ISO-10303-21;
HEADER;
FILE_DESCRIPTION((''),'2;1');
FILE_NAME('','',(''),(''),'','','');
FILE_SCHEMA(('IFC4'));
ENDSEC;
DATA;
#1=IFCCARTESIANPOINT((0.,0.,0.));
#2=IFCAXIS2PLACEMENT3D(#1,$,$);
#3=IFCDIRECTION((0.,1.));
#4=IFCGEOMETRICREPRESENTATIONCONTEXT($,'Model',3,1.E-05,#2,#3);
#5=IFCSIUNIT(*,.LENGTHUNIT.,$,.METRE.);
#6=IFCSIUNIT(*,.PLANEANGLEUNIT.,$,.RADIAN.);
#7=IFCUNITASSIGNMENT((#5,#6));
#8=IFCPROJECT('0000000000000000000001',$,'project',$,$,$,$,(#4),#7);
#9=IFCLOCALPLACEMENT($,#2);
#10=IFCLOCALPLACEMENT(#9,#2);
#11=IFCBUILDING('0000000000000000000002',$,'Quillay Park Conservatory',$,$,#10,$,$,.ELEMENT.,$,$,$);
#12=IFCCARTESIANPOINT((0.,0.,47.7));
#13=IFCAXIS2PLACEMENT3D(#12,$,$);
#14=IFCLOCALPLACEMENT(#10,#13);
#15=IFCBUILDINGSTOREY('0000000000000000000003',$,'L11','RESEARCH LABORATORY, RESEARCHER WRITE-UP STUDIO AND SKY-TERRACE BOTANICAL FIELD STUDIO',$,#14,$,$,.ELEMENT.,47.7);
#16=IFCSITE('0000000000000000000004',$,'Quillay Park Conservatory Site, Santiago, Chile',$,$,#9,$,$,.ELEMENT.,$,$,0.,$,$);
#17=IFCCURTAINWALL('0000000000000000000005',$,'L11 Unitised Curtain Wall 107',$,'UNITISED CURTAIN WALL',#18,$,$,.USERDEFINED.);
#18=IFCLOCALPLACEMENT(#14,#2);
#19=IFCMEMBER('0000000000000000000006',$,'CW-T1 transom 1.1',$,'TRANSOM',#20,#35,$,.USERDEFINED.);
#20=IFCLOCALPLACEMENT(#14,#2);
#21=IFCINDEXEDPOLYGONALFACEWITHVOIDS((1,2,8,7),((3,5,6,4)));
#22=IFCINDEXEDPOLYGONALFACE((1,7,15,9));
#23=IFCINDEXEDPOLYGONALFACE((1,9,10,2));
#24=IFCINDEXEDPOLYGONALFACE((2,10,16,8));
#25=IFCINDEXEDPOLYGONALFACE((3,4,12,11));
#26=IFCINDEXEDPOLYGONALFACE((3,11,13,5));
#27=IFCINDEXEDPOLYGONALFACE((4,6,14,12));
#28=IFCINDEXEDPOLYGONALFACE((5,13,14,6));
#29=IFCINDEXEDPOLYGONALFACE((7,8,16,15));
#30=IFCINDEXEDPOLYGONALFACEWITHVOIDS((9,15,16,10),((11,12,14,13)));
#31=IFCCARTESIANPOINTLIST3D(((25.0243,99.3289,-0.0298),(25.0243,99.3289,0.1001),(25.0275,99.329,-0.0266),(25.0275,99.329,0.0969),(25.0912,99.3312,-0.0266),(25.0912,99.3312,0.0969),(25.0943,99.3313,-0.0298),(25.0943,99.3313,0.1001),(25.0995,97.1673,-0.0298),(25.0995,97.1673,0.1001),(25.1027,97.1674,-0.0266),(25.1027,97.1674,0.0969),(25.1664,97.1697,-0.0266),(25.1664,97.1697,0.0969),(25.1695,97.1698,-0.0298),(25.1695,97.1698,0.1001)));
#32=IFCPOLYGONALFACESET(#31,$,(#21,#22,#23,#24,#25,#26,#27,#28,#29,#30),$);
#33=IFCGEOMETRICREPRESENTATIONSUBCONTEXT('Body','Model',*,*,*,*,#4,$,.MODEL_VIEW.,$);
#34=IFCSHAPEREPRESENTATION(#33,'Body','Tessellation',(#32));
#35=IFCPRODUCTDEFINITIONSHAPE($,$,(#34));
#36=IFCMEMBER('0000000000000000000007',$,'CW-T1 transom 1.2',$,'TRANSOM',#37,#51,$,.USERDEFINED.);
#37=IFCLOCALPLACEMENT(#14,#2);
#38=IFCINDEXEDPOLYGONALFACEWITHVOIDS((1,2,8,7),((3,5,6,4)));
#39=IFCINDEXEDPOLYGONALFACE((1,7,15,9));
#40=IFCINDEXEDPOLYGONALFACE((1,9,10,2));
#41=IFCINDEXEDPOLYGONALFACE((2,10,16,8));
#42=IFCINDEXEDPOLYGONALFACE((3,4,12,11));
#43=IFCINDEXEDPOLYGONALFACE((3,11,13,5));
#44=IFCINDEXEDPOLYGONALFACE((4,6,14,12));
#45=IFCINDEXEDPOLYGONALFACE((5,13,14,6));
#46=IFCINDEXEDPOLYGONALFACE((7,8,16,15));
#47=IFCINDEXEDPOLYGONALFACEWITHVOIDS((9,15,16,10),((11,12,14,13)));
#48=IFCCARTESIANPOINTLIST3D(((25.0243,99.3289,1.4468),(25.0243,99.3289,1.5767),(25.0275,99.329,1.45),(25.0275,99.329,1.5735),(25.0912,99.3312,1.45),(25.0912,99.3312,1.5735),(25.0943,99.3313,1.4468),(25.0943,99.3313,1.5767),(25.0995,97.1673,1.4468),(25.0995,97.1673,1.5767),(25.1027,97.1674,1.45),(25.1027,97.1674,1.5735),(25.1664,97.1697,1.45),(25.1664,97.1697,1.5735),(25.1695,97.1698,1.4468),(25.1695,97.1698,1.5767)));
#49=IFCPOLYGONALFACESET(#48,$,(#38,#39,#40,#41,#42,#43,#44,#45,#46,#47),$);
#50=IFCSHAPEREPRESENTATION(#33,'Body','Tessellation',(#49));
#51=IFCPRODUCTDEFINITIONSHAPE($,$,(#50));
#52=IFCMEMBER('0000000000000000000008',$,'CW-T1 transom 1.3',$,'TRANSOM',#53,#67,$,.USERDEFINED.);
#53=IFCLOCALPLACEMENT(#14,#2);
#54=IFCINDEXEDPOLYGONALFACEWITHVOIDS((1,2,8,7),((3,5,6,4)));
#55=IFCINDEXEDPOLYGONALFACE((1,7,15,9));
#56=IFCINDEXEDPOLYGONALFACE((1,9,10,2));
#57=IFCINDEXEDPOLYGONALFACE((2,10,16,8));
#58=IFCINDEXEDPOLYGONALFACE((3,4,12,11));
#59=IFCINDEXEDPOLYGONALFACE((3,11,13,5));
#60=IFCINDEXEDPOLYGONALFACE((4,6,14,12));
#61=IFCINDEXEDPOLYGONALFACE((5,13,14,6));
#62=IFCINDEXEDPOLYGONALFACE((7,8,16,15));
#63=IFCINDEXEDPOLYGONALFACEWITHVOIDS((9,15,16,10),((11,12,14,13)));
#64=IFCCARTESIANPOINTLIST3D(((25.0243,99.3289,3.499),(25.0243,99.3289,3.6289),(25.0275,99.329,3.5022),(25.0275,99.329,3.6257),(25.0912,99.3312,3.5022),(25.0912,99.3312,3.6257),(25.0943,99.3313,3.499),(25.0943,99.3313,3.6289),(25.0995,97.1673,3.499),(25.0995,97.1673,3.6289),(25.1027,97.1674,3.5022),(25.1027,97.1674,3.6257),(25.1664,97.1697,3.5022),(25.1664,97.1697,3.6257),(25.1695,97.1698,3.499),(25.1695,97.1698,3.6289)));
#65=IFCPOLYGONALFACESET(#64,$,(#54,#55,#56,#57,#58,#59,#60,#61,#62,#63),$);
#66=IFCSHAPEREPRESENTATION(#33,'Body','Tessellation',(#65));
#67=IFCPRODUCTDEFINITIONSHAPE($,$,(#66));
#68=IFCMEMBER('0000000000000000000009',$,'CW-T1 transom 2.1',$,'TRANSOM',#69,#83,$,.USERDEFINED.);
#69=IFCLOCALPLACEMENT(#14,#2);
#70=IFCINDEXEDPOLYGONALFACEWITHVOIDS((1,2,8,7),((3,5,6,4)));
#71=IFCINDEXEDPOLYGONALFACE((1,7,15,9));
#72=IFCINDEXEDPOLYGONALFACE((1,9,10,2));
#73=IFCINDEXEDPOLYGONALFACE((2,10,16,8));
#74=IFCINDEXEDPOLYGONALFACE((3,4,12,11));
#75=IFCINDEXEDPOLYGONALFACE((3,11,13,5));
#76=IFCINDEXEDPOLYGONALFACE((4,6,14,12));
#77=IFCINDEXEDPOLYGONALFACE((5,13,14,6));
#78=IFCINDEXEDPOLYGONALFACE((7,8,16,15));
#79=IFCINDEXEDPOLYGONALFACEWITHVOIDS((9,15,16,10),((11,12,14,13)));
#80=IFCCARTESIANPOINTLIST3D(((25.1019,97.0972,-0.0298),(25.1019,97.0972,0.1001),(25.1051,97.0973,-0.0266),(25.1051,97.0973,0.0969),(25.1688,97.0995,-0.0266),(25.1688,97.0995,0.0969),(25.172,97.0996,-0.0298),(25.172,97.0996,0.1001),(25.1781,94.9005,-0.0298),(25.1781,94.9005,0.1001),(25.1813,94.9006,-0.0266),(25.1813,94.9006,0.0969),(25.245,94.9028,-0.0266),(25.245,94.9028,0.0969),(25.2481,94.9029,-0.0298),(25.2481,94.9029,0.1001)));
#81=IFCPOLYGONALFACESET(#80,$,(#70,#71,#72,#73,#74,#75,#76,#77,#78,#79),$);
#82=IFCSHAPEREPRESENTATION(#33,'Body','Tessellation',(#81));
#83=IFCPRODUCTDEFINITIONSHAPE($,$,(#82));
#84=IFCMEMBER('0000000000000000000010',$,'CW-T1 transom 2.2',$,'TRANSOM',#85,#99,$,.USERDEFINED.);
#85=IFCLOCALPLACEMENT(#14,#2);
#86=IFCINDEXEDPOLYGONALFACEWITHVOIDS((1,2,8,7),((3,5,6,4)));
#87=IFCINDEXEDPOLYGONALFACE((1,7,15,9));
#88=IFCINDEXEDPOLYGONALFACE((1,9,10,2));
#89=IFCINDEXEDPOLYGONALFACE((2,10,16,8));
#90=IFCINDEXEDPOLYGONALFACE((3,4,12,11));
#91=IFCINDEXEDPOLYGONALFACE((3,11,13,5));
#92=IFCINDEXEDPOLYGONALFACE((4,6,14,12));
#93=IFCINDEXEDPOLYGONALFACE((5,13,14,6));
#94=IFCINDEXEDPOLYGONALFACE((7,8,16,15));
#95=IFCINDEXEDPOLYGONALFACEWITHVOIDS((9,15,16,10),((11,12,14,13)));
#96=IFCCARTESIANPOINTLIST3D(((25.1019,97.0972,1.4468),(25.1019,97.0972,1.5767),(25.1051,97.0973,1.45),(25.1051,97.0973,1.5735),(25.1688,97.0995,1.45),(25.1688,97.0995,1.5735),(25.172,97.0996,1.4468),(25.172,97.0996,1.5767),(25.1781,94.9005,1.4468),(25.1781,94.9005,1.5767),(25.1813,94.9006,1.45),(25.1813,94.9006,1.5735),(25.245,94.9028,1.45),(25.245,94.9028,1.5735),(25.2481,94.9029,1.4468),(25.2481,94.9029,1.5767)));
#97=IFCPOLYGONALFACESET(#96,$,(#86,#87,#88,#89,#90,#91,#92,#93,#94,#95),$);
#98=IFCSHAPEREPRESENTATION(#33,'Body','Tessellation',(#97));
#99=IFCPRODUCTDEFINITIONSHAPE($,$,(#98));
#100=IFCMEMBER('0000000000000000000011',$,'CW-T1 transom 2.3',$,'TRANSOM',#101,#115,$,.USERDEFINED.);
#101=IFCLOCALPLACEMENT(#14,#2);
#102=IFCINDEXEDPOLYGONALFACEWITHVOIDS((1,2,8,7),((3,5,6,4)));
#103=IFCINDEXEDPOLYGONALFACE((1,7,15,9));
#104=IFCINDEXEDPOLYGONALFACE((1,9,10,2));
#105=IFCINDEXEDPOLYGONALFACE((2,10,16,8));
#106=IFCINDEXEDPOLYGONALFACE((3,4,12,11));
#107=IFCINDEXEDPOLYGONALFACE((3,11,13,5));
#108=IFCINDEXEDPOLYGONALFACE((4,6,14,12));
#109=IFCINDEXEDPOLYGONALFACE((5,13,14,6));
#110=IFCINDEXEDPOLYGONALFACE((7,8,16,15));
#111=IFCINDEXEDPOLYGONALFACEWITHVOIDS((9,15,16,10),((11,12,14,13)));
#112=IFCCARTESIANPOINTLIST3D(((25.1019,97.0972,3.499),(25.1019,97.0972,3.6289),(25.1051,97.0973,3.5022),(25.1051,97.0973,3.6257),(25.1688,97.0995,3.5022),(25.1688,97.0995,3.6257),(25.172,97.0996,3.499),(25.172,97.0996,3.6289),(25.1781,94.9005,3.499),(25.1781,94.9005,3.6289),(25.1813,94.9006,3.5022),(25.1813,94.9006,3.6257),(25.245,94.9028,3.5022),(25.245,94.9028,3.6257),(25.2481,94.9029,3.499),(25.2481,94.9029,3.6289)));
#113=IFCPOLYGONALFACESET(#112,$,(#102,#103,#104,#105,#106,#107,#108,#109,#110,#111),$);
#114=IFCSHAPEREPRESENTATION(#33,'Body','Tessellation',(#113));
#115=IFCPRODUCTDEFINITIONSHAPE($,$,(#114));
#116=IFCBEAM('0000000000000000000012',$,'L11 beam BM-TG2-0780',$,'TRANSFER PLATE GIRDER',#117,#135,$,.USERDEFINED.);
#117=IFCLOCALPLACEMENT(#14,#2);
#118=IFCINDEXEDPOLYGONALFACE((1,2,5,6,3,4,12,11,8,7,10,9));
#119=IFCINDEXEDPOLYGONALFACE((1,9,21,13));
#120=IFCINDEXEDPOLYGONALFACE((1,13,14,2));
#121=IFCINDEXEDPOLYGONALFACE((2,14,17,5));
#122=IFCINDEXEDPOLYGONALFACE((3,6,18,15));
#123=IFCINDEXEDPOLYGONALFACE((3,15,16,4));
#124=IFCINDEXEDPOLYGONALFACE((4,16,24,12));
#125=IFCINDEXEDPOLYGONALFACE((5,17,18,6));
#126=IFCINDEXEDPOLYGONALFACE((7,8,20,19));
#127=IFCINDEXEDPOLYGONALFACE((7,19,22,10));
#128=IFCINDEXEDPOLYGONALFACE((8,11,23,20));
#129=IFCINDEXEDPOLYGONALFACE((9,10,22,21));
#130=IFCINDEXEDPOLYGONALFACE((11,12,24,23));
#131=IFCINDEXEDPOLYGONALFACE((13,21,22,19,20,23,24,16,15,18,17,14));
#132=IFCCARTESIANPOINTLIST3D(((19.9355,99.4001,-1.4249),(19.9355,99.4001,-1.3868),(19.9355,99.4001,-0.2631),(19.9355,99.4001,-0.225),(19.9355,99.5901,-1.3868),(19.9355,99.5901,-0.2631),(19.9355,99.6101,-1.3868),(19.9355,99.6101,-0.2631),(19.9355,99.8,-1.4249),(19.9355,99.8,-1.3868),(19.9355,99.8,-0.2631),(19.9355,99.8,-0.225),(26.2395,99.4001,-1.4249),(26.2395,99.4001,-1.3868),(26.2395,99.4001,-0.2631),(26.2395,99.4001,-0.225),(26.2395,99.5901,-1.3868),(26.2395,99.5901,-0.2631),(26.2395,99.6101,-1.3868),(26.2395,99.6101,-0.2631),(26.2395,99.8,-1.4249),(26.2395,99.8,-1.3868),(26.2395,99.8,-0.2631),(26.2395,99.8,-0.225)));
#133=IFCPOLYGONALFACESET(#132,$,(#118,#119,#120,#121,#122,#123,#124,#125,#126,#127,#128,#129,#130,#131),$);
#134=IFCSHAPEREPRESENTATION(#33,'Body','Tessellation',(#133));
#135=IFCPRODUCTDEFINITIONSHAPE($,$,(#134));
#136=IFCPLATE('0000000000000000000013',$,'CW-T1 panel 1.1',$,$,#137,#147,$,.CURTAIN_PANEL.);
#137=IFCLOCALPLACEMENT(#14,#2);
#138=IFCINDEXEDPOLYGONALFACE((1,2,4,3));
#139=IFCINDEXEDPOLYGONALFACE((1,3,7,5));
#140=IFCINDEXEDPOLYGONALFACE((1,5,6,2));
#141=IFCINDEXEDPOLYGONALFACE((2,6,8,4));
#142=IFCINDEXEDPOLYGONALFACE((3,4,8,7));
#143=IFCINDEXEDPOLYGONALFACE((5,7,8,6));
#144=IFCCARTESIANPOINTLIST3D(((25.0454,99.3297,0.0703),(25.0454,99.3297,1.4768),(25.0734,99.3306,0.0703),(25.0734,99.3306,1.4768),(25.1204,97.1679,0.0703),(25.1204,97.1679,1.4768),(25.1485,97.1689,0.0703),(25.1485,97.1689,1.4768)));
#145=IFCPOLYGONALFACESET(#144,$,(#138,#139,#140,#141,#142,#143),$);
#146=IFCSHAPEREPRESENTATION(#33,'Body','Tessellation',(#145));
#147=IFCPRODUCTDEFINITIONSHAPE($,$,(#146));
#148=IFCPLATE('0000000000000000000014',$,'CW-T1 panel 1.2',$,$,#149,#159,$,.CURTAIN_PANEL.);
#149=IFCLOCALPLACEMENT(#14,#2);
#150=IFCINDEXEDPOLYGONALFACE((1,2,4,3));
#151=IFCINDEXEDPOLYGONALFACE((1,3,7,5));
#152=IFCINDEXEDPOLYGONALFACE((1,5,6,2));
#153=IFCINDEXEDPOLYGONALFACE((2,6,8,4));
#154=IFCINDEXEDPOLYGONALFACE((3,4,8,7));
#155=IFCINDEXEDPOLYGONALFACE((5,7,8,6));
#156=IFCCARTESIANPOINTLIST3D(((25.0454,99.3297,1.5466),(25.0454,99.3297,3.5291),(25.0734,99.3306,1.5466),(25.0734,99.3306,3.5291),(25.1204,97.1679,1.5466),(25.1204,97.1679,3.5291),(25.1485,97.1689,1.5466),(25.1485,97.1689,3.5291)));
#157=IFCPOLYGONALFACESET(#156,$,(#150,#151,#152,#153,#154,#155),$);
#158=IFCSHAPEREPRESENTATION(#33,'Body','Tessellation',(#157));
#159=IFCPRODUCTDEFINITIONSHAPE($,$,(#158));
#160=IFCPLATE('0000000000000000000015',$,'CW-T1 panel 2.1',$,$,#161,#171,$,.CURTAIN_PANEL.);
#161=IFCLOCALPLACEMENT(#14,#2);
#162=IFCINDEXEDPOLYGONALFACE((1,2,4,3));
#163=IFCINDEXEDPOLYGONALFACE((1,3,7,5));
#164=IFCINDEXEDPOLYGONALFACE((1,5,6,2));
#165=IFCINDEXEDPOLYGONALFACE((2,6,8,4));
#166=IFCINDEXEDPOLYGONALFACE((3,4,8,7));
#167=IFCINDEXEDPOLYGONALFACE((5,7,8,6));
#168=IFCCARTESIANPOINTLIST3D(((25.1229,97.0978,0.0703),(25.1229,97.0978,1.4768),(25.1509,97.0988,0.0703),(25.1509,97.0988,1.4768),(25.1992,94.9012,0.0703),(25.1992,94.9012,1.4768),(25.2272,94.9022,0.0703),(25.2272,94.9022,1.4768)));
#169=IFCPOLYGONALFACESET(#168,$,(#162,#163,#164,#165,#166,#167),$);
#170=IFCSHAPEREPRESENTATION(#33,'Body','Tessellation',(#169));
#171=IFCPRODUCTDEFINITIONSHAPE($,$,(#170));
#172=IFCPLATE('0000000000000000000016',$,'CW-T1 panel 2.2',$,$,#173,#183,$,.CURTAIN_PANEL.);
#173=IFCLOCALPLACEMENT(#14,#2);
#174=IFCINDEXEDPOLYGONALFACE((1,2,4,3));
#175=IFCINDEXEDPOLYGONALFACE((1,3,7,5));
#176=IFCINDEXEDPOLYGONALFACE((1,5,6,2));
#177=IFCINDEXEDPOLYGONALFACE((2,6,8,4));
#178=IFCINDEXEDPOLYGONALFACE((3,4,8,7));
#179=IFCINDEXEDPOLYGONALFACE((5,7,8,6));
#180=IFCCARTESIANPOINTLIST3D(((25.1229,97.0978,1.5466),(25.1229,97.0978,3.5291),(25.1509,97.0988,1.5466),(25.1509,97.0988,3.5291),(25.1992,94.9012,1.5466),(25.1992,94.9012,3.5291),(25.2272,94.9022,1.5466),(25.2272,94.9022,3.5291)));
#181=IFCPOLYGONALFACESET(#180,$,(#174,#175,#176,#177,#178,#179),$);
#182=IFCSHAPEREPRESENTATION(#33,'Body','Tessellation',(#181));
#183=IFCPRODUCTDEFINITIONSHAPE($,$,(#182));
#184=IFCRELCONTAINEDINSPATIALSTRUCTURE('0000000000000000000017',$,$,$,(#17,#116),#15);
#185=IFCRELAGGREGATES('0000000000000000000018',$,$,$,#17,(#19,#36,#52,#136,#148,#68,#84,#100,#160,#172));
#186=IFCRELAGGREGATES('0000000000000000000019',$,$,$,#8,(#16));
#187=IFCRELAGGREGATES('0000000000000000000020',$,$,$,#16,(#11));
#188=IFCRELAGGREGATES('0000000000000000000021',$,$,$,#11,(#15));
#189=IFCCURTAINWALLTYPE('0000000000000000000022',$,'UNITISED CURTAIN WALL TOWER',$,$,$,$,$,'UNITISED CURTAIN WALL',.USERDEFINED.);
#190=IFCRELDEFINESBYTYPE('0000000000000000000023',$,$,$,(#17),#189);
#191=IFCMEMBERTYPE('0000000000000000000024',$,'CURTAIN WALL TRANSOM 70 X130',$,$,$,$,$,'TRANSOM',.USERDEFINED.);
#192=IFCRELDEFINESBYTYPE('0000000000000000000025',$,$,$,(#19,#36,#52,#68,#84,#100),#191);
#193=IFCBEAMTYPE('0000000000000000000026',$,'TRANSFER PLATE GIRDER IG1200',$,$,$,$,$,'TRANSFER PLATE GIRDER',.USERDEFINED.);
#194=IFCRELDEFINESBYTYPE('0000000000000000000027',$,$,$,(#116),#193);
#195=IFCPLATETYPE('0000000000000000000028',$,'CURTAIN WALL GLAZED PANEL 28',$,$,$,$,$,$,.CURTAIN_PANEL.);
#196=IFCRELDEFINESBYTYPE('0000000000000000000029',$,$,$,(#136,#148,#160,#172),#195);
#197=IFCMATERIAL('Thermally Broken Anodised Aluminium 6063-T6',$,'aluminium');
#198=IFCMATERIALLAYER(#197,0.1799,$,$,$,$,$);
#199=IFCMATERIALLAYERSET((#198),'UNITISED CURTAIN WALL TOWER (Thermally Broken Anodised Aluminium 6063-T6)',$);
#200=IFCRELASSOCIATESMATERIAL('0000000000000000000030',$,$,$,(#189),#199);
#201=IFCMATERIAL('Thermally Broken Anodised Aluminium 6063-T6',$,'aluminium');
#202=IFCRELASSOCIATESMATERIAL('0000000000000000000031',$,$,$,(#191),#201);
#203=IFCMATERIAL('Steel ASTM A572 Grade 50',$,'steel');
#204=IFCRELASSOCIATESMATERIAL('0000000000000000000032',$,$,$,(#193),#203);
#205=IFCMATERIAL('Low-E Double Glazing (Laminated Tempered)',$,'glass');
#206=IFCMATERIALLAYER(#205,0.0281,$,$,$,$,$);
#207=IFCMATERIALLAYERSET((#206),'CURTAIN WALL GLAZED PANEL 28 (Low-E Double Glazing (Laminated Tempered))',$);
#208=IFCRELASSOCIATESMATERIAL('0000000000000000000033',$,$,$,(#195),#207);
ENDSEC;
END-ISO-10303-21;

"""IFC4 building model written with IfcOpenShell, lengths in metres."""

from ifc_helpers import new_model, si_unit, direction, frame, origin, origin_2d, place, context, subcontext, project, spatial, rectangle, hollow_rectangle, i_section, extrude, material, layer, layer_set, material_profile, profile_set, type_object, element, aggregate, save


model = new_model("IFC4")

# Units and contexts
model_context = context("Model", 3, precision=1e-05, world=origin(), true_north=direction((0.0, 1.0)))
body_context = subcontext(model_context, "Body", "Model", "MODEL_VIEW")
ifc_project = project(units=[si_unit("LENGTHUNIT", "METRE"), si_unit("PLANEANGLEUNIT", "RADIAN")], contexts=[model_context])

# Site, building, storey
site_placement = place(None, origin())
site = spatial("IfcSite", under=ifc_project, at=site_placement, Name="Quillay Park Conservatory Site, Santiago, Chile", CompositionType="ELEMENT", RefElevation=0.0)
building_placement = place(site_placement, origin())
building = spatial("IfcBuilding", under=site, at=building_placement, Name="Quillay Park Conservatory", CompositionType="ELEMENT")
storey_placement = place(building_placement, frame((0.0, 0.0, 47.7)))
storey = spatial("IfcBuildingStorey", under=building, at=storey_placement, Name="L11", Description="RESEARCH LABORATORY, RESEARCHER WRITE-UP STUDIO AND SKY-TERRACE BOTANICAL FIELD STUDIO", CompositionType="ELEMENT", Elevation=47.7)

# Curtain wall, members
ifc_material_1 = material(Name="Thermally Broken Anodised Aluminium 6063-T6", Category="aluminium")
ifc_layer_1 = layer(ifc_material_1, 0.1799)
ifc_layer_set_1 = layer_set([ifc_layer_1], Name="UNITISED CURTAIN WALL TOWER (Thermally Broken Anodised Aluminium 6063-T6)")
curtain_wall_type = type_object("IfcCurtainWallType", Name="UNITISED CURTAIN WALL TOWER", ElementType="UNITISED CURTAIN WALL", PredefinedType="USERDEFINED", material=ifc_layer_set_1)
curtain_wall_placement = place(storey_placement, origin())
curtain_wall = element("IfcCurtainWall", 1, at=curtain_wall_placement, inside=storey, type_object=curtain_wall_type, Name="L11 Unitised Curtain Wall 107", ObjectType="UNITISED CURTAIN WALL", PredefinedType="USERDEFINED")
ifc_material_2 = material(Name="Thermally Broken Anodised Aluminium 6063-T6", Category="aluminium")
ifc_material_profile_1 = material_profile(ifc_material_2, hollow_rectangle(XDim=0.0701, YDim=0.1299, WallThickness=0.0032, at=origin_2d()), Name="AL70x130x3.2")
ifc_profile_set_1 = profile_set([ifc_material_profile_1], Name="Thermally Broken Anodised Aluminium 6063-T6")
member_type_1 = type_object("IfcMemberType", Name="CURTAIN WALL TRANSOM 70 X130", ElementType="TRANSOM", PredefinedType="USERDEFINED", material=ifc_profile_set_1)
member_1_placement = place(storey_placement, frame((25.0593, 99.3301, 0.0352), z_axis=(0.034766, -0.999395, 0.0), x_axis=(0.999395, 0.034766, 0.0)))
member_1 = element("IfcMember", 2, at=member_1_placement, type_object=member_type_1, Name="CW-T1 transom 1.1", ObjectType="TRANSOM", PredefinedType="USERDEFINED", context=body_context, shape_type="SweptSolid", body=[
    extrude(hollow_rectangle(XDim=0.0701, YDim=0.1299, WallThickness=0.0032, at=origin_2d()), origin(), (0.0, 0.0, 1.0), 2.1628),
])
member_2_placement = place(storey_placement, frame((25.0593, 99.3301, 1.5117), z_axis=(0.034766, -0.999395, 0.0), x_axis=(0.999395, 0.034766, 0.0)))
member_2 = element("IfcMember", 3, at=member_2_placement, type_object=member_type_1, Name="CW-T1 transom 1.2", ObjectType="TRANSOM", PredefinedType="USERDEFINED", context=body_context, shape_type="SweptSolid", body=[
    extrude(hollow_rectangle(XDim=0.0701, YDim=0.1299, WallThickness=0.0032, at=origin_2d()), origin(), (0.0, 0.0, 1.0), 2.1628),
])
member_3_placement = place(storey_placement, frame((25.0593, 99.3301, 3.564), z_axis=(0.034766, -0.999395, 0.0), x_axis=(0.999395, 0.034766, 0.0)))
member_3 = element("IfcMember", 4, at=member_3_placement, type_object=member_type_1, Name="CW-T1 transom 1.3", ObjectType="TRANSOM", PredefinedType="USERDEFINED", context=body_context, shape_type="SweptSolid", body=[
    extrude(hollow_rectangle(XDim=0.0701, YDim=0.1299, WallThickness=0.0032, at=origin_2d()), origin(), (0.0, 0.0, 1.0), 2.1628),
])
member_4_placement = place(storey_placement, frame((25.137, 97.0984, 0.0352), z_axis=(0.034654, -0.999399, 0.0), x_axis=(0.999399, 0.034654, 0.0)))
member_4 = element("IfcMember", 5, at=member_4_placement, type_object=member_type_1, Name="CW-T1 transom 2.1", ObjectType="TRANSOM", PredefinedType="USERDEFINED", context=body_context, shape_type="SweptSolid", body=[
    extrude(hollow_rectangle(XDim=0.0701, YDim=0.1299, WallThickness=0.0032, at=origin_2d()), origin(), (0.0, 0.0, 1.0), 2.198),
])
member_5_placement = place(storey_placement, frame((25.137, 97.0984, 1.5117), z_axis=(0.034654, -0.999399, 0.0), x_axis=(0.999399, 0.034654, 0.0)))
member_5 = element("IfcMember", 6, at=member_5_placement, type_object=member_type_1, Name="CW-T1 transom 2.2", ObjectType="TRANSOM", PredefinedType="USERDEFINED", context=body_context, shape_type="SweptSolid", body=[
    extrude(hollow_rectangle(XDim=0.0701, YDim=0.1299, WallThickness=0.0032, at=origin_2d()), origin(), (0.0, 0.0, 1.0), 2.198),
])
member_6_placement = place(storey_placement, frame((25.137, 97.0984, 3.564), z_axis=(0.034654, -0.999399, 0.0), x_axis=(0.999399, 0.034654, 0.0)))
member_6 = element("IfcMember", 7, at=member_6_placement, type_object=member_type_1, Name="CW-T1 transom 2.3", ObjectType="TRANSOM", PredefinedType="USERDEFINED", context=body_context, shape_type="SweptSolid", body=[
    extrude(hollow_rectangle(XDim=0.0701, YDim=0.1299, WallThickness=0.0032, at=origin_2d()), origin(), (0.0, 0.0, 1.0), 2.198),
])

# Beam
ifc_material_3 = material(Name="Steel ASTM A572 Grade 50", Category="steel")
ifc_material_profile_2 = material_profile(ifc_material_3, i_section(OverallWidth=0.3999, OverallDepth=1.2, WebThickness=0.02, FlangeThickness=0.0381, at=origin_2d()), Name="IG1200x400")
ifc_profile_set_2 = profile_set([ifc_material_profile_2], Name="Steel ASTM A572 Grade 50")
beam_type_1 = type_object("IfcBeamType", Name="TRANSFER PLATE GIRDER IG1200", ElementType="TRANSFER PLATE GIRDER", PredefinedType="USERDEFINED", material=ifc_profile_set_2)
beam_1_placement = place(storey_placement, frame((19.9355, 99.6001, -0.825), z_axis=(1.0, 0.0, 0.0), x_axis=(0.0, 1.0, 0.0)))
element("IfcBeam", 8, at=beam_1_placement, inside=storey, type_object=beam_type_1, Name="L11 beam BM-TG2-0780", ObjectType="TRANSFER PLATE GIRDER", PredefinedType="USERDEFINED", context=body_context, shape_type="SweptSolid", body=[
    extrude(i_section(OverallWidth=0.3999, OverallDepth=1.2, WebThickness=0.02, FlangeThickness=0.0381, at=origin_2d()), origin(), (0.0, 0.0, 1.0), 6.304),
])

# Plates
ifc_material_4 = material(Name="Low-E Double Glazing (Laminated Tempered)", Category="glass")
ifc_layer_2 = layer(ifc_material_4, 0.0281)
ifc_layer_set_2 = layer_set([ifc_layer_2], Name="CURTAIN WALL GLAZED PANEL 28 (Low-E Double Glazing (Laminated Tempered))")
plate_type_1 = type_object("IfcPlateType", Name="CURTAIN WALL GLAZED PANEL 28", PredefinedType="CURTAIN_PANEL", material=ifc_layer_set_2)
plate_1_placement = place(storey_placement, frame((25.0969, 98.2493, 0.0703), z_axis=(0.0, 0.0, 1.0), x_axis=(0.034713, -0.999397, 0.0)))
plate_1 = element("IfcPlate", 9, at=plate_1_placement, type_object=plate_type_1, Name="CW-T1 panel 1.1", PredefinedType="CURTAIN_PANEL", context=body_context, shape_type="SweptSolid", body=[
    extrude(rectangle(XDim=2.1631, YDim=0.0281, at=origin_2d()), origin(), (0.0, 0.0, 1.0), 1.4065),
])
plate_2_placement = place(storey_placement, frame((25.0969, 98.2493, 1.5466), z_axis=(0.0, 0.0, 1.0), x_axis=(0.034713, -0.999397, 0.0)))
plate_2 = element("IfcPlate", 10, at=plate_2_placement, type_object=plate_type_1, Name="CW-T1 panel 1.2", PredefinedType="CURTAIN_PANEL", context=body_context, shape_type="SweptSolid", body=[
    extrude(rectangle(XDim=2.1631, YDim=0.0281, at=origin_2d()), origin(), (0.0, 0.0, 1.0), 1.9824),
])
plate_3_placement = place(storey_placement, frame((25.175, 96.0, 0.0703), z_axis=(0.0, 0.0, 1.0), x_axis=(0.034713, -0.999397, 0.0)))
plate_3 = element("IfcPlate", 11, at=plate_3_placement, type_object=plate_type_1, Name="CW-T1 panel 2.1", PredefinedType="CURTAIN_PANEL", context=body_context, shape_type="SweptSolid", body=[
    extrude(rectangle(XDim=2.198, YDim=0.0281, at=origin_2d()), origin(), (0.0, 0.0, 1.0), 1.4065),
])
plate_4_placement = place(storey_placement, frame((25.175, 96.0, 1.5466), z_axis=(0.0, 0.0, 1.0), x_axis=(0.034713, -0.999397, 0.0)))
plate_4 = element("IfcPlate", 12, at=plate_4_placement, type_object=plate_type_1, Name="CW-T1 panel 2.2", PredefinedType="CURTAIN_PANEL", context=body_context, shape_type="SweptSolid", body=[
    extrude(rectangle(XDim=2.198, YDim=0.0281, at=origin_2d()), origin(), (0.0, 0.0, 1.0), 1.9824),
])
aggregate(curtain_wall, [member_1, member_2, member_3, plate_1, plate_2, member_4, member_5, member_6, plate_3, plate_4])

save(model, "model.ifc")
